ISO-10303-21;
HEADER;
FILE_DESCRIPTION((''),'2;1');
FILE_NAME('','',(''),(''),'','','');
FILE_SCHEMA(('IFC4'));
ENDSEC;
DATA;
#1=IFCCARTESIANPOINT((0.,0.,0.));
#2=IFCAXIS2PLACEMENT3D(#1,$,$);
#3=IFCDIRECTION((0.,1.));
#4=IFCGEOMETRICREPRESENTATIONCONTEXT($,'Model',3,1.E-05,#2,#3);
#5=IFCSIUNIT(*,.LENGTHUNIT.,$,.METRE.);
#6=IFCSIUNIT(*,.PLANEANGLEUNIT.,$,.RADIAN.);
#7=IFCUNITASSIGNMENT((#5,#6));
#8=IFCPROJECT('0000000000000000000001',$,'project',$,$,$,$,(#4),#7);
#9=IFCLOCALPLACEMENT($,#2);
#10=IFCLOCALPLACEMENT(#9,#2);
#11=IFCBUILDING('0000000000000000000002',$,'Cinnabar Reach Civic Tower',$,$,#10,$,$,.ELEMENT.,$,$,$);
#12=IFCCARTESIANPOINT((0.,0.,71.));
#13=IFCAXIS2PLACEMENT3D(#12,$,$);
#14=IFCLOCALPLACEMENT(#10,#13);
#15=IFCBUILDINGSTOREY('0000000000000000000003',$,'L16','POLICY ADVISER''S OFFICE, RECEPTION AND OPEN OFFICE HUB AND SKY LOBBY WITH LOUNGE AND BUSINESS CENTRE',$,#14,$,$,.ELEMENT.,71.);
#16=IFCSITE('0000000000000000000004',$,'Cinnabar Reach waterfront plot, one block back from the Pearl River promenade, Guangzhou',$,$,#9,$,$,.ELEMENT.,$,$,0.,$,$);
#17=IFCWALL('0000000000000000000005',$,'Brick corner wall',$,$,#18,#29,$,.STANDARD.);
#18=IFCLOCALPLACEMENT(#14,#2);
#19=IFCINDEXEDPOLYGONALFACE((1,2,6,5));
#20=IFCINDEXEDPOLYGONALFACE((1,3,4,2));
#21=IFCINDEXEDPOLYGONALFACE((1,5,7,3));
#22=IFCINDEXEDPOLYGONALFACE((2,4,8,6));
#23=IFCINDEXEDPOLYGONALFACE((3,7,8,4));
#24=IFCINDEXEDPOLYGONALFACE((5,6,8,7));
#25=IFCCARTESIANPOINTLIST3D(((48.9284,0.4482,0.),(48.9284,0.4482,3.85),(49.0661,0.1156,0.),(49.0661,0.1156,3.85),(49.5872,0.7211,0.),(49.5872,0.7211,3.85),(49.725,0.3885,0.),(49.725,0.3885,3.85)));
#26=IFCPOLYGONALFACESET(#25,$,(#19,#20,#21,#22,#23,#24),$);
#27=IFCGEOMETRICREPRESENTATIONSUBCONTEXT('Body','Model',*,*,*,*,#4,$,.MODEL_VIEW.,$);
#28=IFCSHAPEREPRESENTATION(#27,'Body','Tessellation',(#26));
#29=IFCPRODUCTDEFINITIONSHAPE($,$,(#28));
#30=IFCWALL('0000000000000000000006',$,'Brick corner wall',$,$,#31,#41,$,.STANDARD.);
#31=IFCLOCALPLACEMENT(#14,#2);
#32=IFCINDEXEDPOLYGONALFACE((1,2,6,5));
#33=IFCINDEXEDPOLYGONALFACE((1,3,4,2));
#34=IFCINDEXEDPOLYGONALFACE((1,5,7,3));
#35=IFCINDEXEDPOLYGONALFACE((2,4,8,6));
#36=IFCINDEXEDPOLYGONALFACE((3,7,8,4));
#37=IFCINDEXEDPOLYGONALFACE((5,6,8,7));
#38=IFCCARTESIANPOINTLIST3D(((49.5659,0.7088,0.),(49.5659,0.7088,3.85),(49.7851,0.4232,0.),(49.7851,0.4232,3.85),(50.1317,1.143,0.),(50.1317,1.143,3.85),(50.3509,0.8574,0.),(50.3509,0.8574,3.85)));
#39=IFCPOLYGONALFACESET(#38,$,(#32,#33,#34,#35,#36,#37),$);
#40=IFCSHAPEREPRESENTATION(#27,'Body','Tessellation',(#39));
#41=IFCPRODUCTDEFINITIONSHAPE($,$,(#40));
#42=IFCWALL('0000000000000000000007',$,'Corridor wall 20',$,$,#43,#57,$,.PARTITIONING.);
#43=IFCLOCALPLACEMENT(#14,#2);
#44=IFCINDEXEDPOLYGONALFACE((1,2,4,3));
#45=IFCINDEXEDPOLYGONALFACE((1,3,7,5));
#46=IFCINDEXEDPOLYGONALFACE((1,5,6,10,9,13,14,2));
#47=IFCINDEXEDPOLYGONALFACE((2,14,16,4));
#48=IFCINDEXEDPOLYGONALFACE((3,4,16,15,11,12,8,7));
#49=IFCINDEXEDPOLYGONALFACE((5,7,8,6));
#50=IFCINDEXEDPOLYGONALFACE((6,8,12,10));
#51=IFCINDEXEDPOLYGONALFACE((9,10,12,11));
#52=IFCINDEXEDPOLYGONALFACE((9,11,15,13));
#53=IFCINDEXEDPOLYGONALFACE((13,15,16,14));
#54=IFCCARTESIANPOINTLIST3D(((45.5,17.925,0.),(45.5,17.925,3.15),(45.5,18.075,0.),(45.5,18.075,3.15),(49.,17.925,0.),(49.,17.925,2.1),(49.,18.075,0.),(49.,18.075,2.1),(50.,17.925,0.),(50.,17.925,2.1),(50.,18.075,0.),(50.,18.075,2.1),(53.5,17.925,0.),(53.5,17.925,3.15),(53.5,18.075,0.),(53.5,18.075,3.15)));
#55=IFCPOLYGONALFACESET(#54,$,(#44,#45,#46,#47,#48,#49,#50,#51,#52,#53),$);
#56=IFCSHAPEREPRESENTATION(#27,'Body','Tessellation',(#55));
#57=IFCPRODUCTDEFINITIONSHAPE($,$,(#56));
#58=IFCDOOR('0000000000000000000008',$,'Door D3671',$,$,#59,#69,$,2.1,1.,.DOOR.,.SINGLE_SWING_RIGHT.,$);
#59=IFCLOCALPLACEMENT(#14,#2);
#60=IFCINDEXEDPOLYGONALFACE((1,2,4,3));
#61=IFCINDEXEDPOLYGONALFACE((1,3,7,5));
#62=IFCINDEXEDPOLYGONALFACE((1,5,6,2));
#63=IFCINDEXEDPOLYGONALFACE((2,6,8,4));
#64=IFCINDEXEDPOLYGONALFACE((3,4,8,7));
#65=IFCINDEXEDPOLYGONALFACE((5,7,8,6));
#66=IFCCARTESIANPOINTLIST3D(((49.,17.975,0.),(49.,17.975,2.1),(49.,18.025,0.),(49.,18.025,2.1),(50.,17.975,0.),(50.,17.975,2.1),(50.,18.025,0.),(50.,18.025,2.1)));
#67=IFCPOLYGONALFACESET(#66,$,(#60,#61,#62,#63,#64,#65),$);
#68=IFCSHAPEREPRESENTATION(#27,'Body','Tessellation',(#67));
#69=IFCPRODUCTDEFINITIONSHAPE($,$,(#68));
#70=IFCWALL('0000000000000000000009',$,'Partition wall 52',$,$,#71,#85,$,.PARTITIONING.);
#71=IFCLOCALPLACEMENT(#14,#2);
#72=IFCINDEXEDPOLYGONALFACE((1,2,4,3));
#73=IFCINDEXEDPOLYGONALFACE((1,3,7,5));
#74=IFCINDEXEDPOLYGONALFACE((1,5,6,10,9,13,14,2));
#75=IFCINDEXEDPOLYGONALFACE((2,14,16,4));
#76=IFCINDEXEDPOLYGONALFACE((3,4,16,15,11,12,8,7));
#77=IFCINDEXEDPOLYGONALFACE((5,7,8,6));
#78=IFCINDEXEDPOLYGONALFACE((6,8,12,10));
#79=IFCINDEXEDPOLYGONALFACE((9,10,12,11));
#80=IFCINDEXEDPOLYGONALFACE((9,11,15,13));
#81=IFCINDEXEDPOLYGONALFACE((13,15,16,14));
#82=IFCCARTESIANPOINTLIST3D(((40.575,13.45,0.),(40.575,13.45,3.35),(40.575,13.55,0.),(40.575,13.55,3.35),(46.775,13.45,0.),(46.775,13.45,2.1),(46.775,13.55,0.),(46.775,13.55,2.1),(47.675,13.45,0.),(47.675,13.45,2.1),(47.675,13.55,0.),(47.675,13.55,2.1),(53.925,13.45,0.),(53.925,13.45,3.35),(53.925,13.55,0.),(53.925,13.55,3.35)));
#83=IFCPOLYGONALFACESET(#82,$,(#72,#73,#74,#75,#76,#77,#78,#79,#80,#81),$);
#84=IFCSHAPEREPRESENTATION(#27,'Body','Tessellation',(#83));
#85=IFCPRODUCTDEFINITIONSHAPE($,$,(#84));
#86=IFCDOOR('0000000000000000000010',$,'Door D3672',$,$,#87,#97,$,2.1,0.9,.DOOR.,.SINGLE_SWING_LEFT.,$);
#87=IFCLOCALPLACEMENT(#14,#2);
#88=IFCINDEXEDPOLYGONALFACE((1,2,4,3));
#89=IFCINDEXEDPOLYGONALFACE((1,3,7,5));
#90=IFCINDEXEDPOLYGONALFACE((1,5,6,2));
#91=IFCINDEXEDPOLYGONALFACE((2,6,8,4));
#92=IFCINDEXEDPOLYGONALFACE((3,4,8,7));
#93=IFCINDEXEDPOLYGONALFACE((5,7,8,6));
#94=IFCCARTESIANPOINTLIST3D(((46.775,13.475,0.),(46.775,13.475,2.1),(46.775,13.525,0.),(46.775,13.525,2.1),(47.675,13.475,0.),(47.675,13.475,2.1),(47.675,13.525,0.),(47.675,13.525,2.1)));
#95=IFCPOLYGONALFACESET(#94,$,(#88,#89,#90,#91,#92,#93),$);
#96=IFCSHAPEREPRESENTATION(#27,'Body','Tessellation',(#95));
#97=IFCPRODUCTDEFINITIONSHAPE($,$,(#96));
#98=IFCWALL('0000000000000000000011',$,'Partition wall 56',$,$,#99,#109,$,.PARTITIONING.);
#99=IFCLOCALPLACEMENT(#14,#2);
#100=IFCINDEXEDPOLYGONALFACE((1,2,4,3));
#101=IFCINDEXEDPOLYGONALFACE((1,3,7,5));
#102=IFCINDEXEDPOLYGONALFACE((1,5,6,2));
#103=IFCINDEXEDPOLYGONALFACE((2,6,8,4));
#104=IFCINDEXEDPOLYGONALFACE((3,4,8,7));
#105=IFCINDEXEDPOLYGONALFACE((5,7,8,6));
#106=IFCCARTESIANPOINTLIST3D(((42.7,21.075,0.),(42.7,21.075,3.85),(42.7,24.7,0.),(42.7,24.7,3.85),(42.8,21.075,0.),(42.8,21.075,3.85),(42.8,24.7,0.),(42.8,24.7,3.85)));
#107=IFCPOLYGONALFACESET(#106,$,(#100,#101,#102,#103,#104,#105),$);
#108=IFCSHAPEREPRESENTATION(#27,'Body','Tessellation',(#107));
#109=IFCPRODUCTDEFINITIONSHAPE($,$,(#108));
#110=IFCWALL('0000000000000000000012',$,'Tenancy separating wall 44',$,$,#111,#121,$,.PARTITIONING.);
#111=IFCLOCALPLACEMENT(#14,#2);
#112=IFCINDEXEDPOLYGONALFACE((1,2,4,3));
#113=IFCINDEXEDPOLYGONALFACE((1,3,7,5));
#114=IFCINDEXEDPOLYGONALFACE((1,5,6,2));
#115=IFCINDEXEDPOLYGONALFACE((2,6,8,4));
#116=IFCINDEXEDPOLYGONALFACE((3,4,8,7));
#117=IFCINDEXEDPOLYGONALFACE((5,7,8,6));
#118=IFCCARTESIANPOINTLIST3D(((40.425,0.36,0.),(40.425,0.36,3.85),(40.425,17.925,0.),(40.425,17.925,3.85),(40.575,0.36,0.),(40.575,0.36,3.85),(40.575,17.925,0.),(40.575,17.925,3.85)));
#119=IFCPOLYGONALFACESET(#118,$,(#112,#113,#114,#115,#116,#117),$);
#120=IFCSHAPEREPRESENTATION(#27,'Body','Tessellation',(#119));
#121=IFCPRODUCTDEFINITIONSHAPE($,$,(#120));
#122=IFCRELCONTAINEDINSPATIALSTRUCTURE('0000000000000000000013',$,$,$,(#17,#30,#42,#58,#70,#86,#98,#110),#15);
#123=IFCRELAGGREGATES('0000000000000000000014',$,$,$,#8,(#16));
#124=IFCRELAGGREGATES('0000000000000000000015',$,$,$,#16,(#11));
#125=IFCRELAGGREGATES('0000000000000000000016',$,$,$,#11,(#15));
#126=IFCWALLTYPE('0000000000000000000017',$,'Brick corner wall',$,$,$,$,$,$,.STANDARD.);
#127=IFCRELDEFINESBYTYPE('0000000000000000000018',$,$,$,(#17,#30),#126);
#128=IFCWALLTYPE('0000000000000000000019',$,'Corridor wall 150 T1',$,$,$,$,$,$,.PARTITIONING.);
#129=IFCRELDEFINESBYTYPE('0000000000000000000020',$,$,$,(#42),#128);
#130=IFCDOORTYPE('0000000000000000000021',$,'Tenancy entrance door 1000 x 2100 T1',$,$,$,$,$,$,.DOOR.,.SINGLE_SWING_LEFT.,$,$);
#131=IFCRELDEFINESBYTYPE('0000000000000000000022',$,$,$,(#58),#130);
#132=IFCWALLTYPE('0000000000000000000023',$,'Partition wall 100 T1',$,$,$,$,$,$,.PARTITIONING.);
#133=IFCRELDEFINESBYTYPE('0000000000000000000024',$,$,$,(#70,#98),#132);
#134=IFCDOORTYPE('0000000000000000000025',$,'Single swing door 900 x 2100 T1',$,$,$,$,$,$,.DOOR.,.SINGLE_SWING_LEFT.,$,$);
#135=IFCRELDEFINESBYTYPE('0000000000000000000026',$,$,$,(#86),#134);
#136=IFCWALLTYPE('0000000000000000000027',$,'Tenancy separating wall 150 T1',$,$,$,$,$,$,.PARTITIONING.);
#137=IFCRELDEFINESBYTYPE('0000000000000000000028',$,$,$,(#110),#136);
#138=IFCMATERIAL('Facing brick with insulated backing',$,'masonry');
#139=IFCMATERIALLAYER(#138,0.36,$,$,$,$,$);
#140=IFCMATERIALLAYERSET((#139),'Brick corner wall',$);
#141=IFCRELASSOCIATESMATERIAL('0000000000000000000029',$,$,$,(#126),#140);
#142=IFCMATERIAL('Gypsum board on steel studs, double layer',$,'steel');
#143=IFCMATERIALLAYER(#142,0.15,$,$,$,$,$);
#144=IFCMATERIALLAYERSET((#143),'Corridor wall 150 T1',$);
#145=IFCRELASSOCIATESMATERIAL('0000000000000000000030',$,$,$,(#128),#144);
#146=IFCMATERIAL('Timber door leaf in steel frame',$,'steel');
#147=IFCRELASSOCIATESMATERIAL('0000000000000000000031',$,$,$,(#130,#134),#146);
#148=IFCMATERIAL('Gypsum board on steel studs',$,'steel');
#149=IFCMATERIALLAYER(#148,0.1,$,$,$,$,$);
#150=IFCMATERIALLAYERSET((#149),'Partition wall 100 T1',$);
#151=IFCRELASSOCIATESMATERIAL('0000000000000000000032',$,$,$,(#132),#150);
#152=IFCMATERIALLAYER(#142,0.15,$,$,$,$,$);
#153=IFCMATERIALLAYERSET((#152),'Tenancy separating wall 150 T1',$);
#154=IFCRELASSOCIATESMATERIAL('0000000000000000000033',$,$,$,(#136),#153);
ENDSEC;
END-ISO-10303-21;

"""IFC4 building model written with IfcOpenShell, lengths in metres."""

from ifc_helpers import new_model, si_unit, direction, frame, frame_2d, origin, place, context, subcontext, project, spatial, rectangle, extrude, material, layer, layer_set, type_object, element, fill, save


model = new_model("IFC4")

# Units and contexts
model_context = context("Model", 3, precision=1e-05, world=origin(), true_north=direction((0.0, 1.0)))
body_context = subcontext(model_context, "Body", "Model", "MODEL_VIEW")
ifc_project = project(units=[si_unit("LENGTHUNIT", "METRE"), si_unit("PLANEANGLEUNIT", "RADIAN")], contexts=[model_context])

# Site, building, storey
site_placement = place(None, origin())
site = spatial("IfcSite", under=ifc_project, at=site_placement, Name="Cinnabar Reach waterfront plot, one block back from the Pearl River promenade, Guangzhou", CompositionType="ELEMENT", RefElevation=0.0)
building_placement = place(site_placement, origin())
building = spatial("IfcBuilding", under=site, at=building_placement, Name="Cinnabar Reach Civic Tower", CompositionType="ELEMENT")
storey_placement = place(building_placement, frame((0.0, 0.0, 71.0)))
storey = spatial("IfcBuildingStorey", under=building, at=storey_placement, Name="L16", Description="POLICY ADVISER'S OFFICE, RECEPTION AND OPEN OFFICE HUB AND SKY LOBBY WITH LOUNGE AND BUSINESS CENTRE", CompositionType="ELEMENT", Elevation=71.0)

# Walls
ifc_material_1 = material(Name="Facing brick with insulated backing", Category="masonry")
ifc_layer_1 = layer(ifc_material_1, 0.36)
ifc_layer_set_1 = layer_set([ifc_layer_1], Name="Brick corner wall")
wall_type_1 = type_object("IfcWallType", Name="Brick corner wall", PredefinedType="STANDARD", material=ifc_layer_set_1)
for number, where, z_axis, x_axis, name in (
    (1, (48.9973, 0.2819, 0.0), (0.0, 0.0, 1.0), (0.923872, 0.382703, 0.0), "Brick corner wall"),
):
    element("IfcWall", number, at=place(storey_placement, frame(where, z_axis=z_axis, x_axis=x_axis)), inside=storey, type_object=wall_type_1, Name=name, PredefinedType="STANDARD", context=body_context, shape_type="SweptSolid", body=[
        extrude(rectangle(XDim=0.7131, YDim=0.36, at=frame_2d((0.3565, 0.0))), origin(), (0.0, 0.0, 1.0), 3.85),
    ])
wall_1_placement = place(storey_placement, frame((49.6755, 0.566, 0.0), z_axis=(0.0, 0.0, 1.0), x_axis=(0.793322, 0.608802, 0.0)))
element("IfcWall", 2, at=wall_1_placement, inside=storey, type_object=wall_type_1, Name="Brick corner wall", PredefinedType="STANDARD", context=body_context, shape_type="SweptSolid", body=[
    extrude(rectangle(XDim=0.7132, YDim=0.36, at=frame_2d((0.3566, 0.0))), origin(), (0.0, 0.0, 1.0), 3.85),
])

# Walls, openings, doors
ifc_material_2 = material(Name="Gypsum board on steel studs, double layer", Category="steel")
ifc_layer_2 = layer(ifc_material_2, 0.15)
ifc_layer_set_2 = layer_set([ifc_layer_2], Name="Corridor wall 150 T1")
wall_type_2 = type_object("IfcWallType", Name="Corridor wall 150 T1", PredefinedType="PARTITIONING", material=ifc_layer_set_2)
wall_2_placement = place(storey_placement, frame((45.5, 18.0, 0.0), z_axis=(0.0, 0.0, 1.0), x_axis=(1.0, 0.0, 0.0)))
wall_2 = element("IfcWall", 3, at=wall_2_placement, inside=storey, type_object=wall_type_2, Name="Corridor wall 20", PredefinedType="PARTITIONING", context=body_context, shape_type="SweptSolid", body=[
    extrude(rectangle(XDim=8.0, YDim=0.15, at=frame_2d((4.0, 0.0))), origin(), (0.0, 0.0, 1.0), 3.15),
])
opening_1_placement = place(wall_2_placement, frame((3.5, 0.0, 0.0)))
opening_1 = element("IfcOpeningElement", 4, at=opening_1_placement, cuts=wall_2, PredefinedType="OPENING", context=body_context, shape_type="SweptSolid", body=[
    extrude(rectangle(XDim=1.0, YDim=2.1, at=frame_2d((0.5, 1.05))), frame((0.0, 0.085, 0.0), z_axis=(0.0, -1.0, 0.0), x_axis=(1.0, 0.0, 0.0)), (0.0, 0.0, 1.0), 0.17),
])
ifc_material_3 = material(Name="Timber door leaf in steel frame", Category="steel")
door_type_1 = type_object("IfcDoorType", Name="Tenancy entrance door 1000 x 2100 T1", OperationType="SINGLE_SWING_LEFT", PredefinedType="DOOR", material=ifc_material_3)
door_1_placement = place(opening_1_placement, frame((1.0, 0.0, 0.0), z_axis=(0.0, 0.0, 1.0), x_axis=(-1.0, 0.0, 0.0)))
door_1 = element("IfcDoor", 5, at=door_1_placement, inside=storey, type_object=door_type_1, Name="Door D3671", OperationType="SINGLE_SWING_RIGHT", OverallHeight=2.1, OverallWidth=1.0, PredefinedType="DOOR", context=body_context, shape_type="SweptSolid", body=[
    extrude(rectangle(XDim=1.0, YDim=2.1, at=frame_2d((0.5, 1.05))), frame((0.0, 0.025, 0.0), z_axis=(0.0, -1.0, 0.0), x_axis=(1.0, 0.0, 0.0)), (0.0, 0.0, 1.0), 0.05),
])
fill(opening_1, door_1)
ifc_material_4 = material(Name="Gypsum board on steel studs", Category="steel")
ifc_layer_3 = layer(ifc_material_4, 0.1)
ifc_layer_set_3 = layer_set([ifc_layer_3], Name="Partition wall 100 T1")
wall_type_3 = type_object("IfcWallType", Name="Partition wall 100 T1", PredefinedType="PARTITIONING", material=ifc_layer_set_3)
wall_3_placement = place(storey_placement, frame((40.575, 13.5, 0.0), z_axis=(0.0, 0.0, 1.0), x_axis=(1.0, 0.0, 0.0)))
wall_3 = element("IfcWall", 6, at=wall_3_placement, inside=storey, type_object=wall_type_3, Name="Partition wall 52", PredefinedType="PARTITIONING", context=body_context, shape_type="SweptSolid", body=[
    extrude(rectangle(XDim=13.35, YDim=0.1, at=frame_2d((6.675, 0.0))), origin(), (0.0, 0.0, 1.0), 3.35),
])
opening_2_placement = place(wall_3_placement, frame((6.2, 0.0, 0.0)))
opening_2 = element("IfcOpeningElement", 7, at=opening_2_placement, cuts=wall_3, PredefinedType="OPENING", context=body_context, shape_type="SweptSolid", body=[
    extrude(rectangle(XDim=0.9, YDim=2.1, at=frame_2d((0.45, 1.05))), frame((0.0, 0.06, 0.0), z_axis=(0.0, -1.0, 0.0), x_axis=(1.0, 0.0, 0.0)), (0.0, 0.0, 1.0), 0.12),
])
door_type_2 = type_object("IfcDoorType", Name="Single swing door 900 x 2100 T1", OperationType="SINGLE_SWING_LEFT", PredefinedType="DOOR", material=ifc_material_3)
door_2_placement = place(opening_2_placement, origin())
door_2 = element("IfcDoor", 8, at=door_2_placement, inside=storey, type_object=door_type_2, Name="Door D3672", OperationType="SINGLE_SWING_LEFT", OverallHeight=2.1, OverallWidth=0.9, PredefinedType="DOOR", context=body_context, shape_type="SweptSolid", body=[
    extrude(rectangle(XDim=0.9, YDim=2.1, at=frame_2d((0.45, 1.05))), frame((0.0, 0.025, 0.0), z_axis=(0.0, -1.0, 0.0), x_axis=(1.0, 0.0, 0.0)), (0.0, 0.0, 1.0), 0.05),
])
fill(opening_2, door_2)

# Walls
wall_4_placement = place(storey_placement, frame((42.75, 21.075, 0.0), z_axis=(0.0, 0.0, 1.0), x_axis=(0.0, 1.0, 0.0)))
element("IfcWall", 9, at=wall_4_placement, inside=storey, type_object=wall_type_3, Name="Partition wall 56", PredefinedType="PARTITIONING", context=body_context, shape_type="SweptSolid", body=[
    extrude(rectangle(XDim=3.625, YDim=0.1, at=frame_2d((1.8125, 0.0))), origin(), (0.0, 0.0, 1.0), 3.85),
])
ifc_layer_4 = layer(ifc_material_2, 0.15)
ifc_layer_set_4 = layer_set([ifc_layer_4], Name="Tenancy separating wall 150 T1")
wall_type_4 = type_object("IfcWallType", Name="Tenancy separating wall 150 T1", PredefinedType="PARTITIONING", material=ifc_layer_set_4)
wall_5_placement = place(storey_placement, frame((40.5, 0.36, 0.0), z_axis=(0.0, 0.0, 1.0), x_axis=(0.0, 1.0, 0.0)))
element("IfcWall", 10, at=wall_5_placement, inside=storey, type_object=wall_type_4, Name="Tenancy separating wall 44", PredefinedType="PARTITIONING", context=body_context, shape_type="SweptSolid", body=[
    extrude(rectangle(XDim=17.565, YDim=0.15, at=frame_2d((8.7825, 0.0))), origin(), (0.0, 0.0, 1.0), 3.85),
])

save(model, "model.ifc")
